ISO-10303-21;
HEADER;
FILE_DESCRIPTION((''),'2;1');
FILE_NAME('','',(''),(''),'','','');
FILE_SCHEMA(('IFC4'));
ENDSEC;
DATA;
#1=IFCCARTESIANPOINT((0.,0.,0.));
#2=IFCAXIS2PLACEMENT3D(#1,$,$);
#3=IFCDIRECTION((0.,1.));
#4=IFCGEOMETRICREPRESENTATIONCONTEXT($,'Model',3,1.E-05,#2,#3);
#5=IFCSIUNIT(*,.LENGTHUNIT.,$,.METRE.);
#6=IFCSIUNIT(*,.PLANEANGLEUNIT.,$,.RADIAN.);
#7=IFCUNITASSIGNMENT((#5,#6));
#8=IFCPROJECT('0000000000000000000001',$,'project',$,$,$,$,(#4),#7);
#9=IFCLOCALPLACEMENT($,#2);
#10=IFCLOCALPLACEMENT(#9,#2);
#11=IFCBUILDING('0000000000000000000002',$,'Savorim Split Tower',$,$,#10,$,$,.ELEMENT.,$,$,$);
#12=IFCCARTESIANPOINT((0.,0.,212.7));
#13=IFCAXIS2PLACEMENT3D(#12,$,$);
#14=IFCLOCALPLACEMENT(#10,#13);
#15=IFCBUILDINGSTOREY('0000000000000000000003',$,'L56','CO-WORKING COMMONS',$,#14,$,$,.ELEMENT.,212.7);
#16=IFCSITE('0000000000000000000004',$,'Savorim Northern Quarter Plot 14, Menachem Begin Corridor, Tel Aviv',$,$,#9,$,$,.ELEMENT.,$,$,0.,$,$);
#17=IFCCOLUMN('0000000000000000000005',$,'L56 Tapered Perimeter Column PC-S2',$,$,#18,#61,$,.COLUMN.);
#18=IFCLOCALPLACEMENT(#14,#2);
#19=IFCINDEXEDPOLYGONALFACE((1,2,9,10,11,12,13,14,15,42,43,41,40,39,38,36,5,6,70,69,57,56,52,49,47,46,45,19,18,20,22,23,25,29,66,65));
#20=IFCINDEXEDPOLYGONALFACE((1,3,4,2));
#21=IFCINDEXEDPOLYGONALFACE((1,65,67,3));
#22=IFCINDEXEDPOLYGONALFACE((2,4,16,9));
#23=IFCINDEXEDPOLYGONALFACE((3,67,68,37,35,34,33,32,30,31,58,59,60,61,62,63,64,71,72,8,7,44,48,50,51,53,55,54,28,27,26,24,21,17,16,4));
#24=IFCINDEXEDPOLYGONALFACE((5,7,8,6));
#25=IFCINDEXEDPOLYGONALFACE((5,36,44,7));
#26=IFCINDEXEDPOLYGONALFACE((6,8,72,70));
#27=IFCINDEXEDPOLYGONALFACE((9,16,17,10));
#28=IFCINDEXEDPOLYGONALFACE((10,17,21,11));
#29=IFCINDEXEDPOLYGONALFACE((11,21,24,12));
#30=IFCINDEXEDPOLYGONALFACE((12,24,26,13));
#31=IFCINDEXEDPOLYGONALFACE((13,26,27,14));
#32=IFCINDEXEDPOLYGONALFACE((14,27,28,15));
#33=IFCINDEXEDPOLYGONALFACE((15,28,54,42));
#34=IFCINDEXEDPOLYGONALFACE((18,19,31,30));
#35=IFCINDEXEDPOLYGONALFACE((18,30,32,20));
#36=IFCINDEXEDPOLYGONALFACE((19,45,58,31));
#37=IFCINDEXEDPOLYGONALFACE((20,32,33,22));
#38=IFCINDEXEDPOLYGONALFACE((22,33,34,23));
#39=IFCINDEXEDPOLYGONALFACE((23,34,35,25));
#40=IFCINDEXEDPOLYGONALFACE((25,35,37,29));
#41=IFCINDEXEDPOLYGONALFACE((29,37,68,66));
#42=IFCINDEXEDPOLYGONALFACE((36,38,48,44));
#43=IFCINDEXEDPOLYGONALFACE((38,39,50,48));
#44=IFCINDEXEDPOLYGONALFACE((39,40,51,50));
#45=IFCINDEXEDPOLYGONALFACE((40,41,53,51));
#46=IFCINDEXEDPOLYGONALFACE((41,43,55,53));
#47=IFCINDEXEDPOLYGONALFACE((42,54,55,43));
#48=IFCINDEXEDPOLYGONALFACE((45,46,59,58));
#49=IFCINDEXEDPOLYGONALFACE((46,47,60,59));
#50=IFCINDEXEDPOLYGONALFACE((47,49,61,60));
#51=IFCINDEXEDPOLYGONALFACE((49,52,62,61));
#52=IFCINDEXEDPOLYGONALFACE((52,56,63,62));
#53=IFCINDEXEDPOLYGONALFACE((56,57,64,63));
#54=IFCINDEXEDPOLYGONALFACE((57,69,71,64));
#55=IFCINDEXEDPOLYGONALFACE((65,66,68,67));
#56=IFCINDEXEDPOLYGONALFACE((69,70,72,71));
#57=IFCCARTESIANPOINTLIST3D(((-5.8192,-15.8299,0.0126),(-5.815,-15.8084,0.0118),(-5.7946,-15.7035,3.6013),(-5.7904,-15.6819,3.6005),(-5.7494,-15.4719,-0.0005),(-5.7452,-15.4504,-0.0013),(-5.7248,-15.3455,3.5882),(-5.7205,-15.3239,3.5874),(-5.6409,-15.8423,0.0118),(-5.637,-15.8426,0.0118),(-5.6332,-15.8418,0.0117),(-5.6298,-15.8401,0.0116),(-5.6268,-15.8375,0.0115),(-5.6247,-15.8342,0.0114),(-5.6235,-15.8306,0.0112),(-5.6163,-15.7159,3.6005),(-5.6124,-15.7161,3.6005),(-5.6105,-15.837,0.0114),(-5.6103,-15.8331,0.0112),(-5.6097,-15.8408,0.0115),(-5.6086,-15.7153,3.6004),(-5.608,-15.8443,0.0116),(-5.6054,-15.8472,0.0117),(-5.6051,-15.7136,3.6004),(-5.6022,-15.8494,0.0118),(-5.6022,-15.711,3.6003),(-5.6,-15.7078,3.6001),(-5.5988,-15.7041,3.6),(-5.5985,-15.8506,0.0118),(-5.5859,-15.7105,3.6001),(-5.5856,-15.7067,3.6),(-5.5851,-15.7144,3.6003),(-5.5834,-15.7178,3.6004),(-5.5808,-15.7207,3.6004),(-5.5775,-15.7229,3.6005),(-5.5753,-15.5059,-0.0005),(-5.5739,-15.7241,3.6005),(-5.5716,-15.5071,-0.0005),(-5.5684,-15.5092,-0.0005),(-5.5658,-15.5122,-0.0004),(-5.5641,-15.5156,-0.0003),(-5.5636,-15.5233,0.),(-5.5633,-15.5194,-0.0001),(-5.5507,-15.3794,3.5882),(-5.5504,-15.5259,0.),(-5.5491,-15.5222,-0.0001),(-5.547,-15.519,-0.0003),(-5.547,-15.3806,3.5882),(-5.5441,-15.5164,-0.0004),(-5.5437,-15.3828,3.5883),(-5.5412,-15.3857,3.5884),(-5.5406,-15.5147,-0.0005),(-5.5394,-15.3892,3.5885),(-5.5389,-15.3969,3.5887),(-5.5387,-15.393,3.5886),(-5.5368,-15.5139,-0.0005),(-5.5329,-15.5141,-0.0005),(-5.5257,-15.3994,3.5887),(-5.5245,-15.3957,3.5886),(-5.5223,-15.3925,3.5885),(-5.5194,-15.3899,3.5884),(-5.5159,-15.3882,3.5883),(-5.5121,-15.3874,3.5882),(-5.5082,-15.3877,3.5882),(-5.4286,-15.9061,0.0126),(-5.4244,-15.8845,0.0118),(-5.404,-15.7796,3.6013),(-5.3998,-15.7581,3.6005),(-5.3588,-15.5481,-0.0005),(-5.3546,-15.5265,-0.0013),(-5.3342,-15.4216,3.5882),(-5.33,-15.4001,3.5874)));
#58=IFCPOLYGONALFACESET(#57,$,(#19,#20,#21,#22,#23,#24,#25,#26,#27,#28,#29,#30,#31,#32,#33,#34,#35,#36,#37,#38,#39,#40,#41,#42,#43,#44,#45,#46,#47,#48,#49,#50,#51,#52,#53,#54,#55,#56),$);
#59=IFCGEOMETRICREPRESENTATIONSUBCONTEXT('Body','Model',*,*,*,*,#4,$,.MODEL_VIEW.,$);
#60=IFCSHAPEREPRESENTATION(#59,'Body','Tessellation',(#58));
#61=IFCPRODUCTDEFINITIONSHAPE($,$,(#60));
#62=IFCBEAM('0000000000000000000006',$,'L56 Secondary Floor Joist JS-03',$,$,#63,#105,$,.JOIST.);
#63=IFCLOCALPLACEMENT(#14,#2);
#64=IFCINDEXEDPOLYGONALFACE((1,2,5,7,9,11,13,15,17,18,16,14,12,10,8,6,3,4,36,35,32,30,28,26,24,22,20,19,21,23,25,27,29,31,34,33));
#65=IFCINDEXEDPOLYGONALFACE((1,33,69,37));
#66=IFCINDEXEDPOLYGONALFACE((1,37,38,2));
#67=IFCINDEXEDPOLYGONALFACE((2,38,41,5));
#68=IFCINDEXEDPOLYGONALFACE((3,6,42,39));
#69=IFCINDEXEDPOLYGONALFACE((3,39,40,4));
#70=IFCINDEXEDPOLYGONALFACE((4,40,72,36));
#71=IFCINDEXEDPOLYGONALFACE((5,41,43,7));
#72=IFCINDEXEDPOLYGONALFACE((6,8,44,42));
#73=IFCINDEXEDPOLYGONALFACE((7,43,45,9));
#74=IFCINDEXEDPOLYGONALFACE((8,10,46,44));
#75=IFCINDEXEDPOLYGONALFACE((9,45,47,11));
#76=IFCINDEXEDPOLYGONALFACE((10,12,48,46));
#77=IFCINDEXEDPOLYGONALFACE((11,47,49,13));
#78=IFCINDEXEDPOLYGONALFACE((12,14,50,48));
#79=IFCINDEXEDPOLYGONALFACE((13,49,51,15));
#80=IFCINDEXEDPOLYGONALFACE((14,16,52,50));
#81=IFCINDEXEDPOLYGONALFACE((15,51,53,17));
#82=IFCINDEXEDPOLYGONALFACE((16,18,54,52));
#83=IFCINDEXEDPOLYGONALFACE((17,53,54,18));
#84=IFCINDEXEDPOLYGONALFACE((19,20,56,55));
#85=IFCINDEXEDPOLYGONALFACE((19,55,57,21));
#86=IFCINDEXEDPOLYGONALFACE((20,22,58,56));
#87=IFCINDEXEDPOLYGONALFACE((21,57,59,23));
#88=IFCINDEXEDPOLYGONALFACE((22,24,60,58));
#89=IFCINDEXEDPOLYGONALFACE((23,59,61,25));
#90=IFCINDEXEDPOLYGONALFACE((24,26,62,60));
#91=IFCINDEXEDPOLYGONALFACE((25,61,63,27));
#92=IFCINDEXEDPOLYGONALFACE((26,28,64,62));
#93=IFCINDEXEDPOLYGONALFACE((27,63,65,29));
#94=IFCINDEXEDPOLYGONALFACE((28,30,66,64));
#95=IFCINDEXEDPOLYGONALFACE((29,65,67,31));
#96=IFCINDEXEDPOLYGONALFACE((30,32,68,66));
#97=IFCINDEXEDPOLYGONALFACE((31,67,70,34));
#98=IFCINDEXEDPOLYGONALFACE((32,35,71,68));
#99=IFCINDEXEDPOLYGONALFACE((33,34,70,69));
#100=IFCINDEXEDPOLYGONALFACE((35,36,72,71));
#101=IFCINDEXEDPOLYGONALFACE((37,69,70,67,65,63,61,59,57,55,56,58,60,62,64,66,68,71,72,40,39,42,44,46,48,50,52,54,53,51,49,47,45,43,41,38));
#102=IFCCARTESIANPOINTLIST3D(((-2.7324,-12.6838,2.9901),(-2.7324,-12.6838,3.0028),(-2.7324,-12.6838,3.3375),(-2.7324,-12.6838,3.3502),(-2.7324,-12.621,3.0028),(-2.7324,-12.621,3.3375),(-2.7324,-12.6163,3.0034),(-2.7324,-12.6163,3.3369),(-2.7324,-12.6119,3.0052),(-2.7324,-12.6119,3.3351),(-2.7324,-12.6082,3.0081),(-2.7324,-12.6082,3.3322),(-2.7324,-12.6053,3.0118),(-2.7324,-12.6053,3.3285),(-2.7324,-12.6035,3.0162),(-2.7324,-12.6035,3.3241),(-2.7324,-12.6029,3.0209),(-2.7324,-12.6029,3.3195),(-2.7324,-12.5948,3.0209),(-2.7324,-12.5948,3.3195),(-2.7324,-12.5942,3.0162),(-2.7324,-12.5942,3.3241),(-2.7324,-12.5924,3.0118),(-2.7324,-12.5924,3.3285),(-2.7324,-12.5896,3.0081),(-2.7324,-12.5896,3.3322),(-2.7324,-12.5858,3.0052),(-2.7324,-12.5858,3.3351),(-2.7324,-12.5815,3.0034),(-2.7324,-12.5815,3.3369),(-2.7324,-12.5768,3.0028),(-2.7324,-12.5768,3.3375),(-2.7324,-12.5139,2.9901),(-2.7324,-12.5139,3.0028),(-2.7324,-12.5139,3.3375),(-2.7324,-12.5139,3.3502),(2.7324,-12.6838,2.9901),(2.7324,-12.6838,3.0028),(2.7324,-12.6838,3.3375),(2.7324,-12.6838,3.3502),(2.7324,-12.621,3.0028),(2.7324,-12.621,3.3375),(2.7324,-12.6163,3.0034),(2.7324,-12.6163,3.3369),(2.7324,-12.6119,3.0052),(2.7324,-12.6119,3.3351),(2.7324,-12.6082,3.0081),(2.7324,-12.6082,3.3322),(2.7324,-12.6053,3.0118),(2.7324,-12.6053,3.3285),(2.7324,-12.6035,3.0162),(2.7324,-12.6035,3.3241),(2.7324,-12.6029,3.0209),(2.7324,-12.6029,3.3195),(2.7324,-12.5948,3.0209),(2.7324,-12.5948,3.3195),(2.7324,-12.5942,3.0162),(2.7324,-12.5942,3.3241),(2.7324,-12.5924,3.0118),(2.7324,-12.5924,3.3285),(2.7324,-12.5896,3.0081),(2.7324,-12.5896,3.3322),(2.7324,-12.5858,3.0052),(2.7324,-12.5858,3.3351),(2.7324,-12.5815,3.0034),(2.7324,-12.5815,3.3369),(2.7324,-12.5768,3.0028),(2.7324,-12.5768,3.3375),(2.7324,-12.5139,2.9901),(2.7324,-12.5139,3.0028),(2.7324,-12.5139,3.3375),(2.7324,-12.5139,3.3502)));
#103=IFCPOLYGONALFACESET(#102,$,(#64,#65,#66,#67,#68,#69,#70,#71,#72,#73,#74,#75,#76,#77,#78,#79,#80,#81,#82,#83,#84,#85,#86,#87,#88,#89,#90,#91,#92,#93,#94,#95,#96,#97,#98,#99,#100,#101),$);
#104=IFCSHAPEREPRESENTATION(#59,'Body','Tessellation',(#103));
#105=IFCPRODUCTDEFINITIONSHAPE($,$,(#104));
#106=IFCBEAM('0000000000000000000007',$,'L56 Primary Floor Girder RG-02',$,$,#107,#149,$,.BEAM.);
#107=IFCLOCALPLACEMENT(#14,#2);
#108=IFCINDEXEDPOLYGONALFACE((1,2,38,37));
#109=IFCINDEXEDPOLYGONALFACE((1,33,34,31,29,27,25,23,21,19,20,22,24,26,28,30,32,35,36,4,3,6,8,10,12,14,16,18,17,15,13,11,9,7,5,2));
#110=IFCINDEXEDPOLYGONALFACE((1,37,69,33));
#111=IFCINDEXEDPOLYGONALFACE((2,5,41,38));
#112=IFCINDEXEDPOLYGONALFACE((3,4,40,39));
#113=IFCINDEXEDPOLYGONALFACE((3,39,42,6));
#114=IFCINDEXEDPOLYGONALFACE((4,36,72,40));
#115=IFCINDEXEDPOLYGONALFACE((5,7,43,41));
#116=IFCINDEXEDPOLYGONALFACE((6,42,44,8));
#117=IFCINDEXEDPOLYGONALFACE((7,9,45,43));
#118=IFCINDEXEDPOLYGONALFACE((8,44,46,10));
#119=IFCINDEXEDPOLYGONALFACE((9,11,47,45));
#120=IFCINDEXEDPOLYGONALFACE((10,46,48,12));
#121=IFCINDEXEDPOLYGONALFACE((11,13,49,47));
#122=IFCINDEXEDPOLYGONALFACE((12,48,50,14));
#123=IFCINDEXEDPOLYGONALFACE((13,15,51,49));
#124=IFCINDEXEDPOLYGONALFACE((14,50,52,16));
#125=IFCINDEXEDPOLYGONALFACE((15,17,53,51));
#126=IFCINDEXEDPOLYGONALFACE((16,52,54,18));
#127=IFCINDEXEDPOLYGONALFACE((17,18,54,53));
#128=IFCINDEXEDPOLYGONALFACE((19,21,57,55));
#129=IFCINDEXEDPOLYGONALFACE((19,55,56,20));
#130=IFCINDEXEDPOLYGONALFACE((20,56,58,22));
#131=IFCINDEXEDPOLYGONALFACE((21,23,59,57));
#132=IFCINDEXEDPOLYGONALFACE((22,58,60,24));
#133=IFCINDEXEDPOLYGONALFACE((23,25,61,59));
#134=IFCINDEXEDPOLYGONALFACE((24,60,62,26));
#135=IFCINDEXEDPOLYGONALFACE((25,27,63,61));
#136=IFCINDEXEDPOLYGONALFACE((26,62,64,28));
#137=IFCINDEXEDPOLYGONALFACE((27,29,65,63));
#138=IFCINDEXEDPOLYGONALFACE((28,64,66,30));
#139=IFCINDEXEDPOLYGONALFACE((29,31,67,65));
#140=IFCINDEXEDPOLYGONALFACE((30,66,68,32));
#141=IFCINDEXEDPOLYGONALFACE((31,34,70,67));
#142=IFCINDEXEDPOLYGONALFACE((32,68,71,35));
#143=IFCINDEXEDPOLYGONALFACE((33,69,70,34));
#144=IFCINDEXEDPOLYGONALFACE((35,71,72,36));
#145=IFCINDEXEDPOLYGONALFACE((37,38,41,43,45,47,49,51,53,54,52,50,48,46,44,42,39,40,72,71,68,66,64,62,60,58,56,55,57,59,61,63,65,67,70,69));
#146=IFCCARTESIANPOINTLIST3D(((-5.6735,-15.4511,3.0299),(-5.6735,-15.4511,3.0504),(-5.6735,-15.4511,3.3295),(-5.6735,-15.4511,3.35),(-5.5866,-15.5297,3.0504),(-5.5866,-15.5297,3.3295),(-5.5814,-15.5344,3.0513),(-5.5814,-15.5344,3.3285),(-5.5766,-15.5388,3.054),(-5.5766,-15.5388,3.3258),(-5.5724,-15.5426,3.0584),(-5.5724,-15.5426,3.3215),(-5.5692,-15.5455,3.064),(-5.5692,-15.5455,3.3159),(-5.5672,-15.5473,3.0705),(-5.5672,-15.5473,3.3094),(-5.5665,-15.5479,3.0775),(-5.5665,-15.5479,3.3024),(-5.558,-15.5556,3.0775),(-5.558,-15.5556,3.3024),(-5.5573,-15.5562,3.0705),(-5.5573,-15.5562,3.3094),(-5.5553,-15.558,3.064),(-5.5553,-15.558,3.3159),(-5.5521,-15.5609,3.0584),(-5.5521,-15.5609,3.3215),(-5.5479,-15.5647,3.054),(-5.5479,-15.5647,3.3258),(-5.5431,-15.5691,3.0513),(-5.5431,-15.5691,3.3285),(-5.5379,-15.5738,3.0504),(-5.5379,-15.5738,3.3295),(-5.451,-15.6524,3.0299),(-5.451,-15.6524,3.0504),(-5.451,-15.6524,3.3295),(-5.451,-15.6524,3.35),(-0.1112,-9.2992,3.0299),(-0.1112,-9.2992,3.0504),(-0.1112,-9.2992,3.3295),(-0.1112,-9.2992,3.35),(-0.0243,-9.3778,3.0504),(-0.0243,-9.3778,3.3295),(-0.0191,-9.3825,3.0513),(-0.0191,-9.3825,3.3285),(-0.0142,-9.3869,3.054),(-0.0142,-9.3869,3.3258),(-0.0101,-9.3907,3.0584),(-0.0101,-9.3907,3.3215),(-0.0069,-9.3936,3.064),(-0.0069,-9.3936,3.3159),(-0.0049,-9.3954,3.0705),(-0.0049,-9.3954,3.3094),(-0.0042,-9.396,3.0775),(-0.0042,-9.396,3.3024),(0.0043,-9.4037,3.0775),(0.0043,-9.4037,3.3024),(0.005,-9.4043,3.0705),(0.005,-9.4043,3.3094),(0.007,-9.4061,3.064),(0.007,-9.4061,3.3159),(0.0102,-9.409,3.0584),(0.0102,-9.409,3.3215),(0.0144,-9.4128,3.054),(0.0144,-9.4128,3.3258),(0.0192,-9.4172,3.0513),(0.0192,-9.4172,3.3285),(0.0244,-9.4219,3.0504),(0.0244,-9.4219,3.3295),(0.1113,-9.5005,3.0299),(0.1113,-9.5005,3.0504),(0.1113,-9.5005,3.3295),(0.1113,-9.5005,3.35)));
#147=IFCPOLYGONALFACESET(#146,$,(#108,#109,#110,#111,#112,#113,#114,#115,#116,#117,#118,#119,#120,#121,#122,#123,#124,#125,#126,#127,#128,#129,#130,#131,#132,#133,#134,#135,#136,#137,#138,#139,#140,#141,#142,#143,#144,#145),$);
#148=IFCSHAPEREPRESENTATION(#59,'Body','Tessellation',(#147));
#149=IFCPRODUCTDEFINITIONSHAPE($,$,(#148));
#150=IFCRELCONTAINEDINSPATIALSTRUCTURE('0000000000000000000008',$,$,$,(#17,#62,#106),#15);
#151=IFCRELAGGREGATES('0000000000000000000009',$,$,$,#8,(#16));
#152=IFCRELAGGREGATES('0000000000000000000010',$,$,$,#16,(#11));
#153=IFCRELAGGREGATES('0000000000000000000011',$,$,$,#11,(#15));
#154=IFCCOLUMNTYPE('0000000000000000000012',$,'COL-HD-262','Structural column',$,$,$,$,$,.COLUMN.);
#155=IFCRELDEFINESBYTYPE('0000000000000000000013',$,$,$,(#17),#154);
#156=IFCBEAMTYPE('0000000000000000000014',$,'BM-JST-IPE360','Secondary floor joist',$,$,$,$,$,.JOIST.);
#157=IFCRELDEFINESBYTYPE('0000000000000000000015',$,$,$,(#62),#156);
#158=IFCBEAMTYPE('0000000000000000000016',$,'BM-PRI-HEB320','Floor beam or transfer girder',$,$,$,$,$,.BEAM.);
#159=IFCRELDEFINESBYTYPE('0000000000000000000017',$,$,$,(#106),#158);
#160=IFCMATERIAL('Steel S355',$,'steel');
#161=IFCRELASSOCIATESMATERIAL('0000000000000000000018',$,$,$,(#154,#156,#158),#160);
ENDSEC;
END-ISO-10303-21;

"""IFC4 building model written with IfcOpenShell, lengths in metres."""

from ifc_helpers import new_model, si_unit, direction, frame, origin, origin_2d, place, context, subcontext, project, spatial, i_section, extrude, material, material_profile, profile_set, type_object, element, save


model = new_model("IFC4")

# Units and contexts
model_context = context("Model", 3, precision=1e-05, world=origin(), true_north=direction((0.0, 1.0)))
body_context = subcontext(model_context, "Body", "Model", "MODEL_VIEW")
ifc_project = project(units=[si_unit("LENGTHUNIT", "METRE"), si_unit("PLANEANGLEUNIT", "RADIAN")], contexts=[model_context])

# Site, building, storey
site_placement = place(None, origin())
site = spatial("IfcSite", under=ifc_project, at=site_placement, Name="Savorim Northern Quarter Plot 14, Menachem Begin Corridor, Tel Aviv", CompositionType="ELEMENT", RefElevation=0.0)
building_placement = place(site_placement, origin())
building = spatial("IfcBuilding", under=site, at=building_placement, Name="Savorim Split Tower", CompositionType="ELEMENT")
storey_placement = place(building_placement, frame((0.0, 0.0, 212.7)))
storey = spatial("IfcBuildingStorey", under=building, at=storey_placement, Name="L56", Description="CO-WORKING COMMONS", CompositionType="ELEMENT", Elevation=212.7)

# Column
ifc_material_1 = material(Name="Steel S355", Category="steel")
ifc_material_profile_1 = material_profile(ifc_material_1, i_section(OverallWidth=0.3979, OverallDepth=0.387, WebThickness=0.0134, FlangeThickness=0.022, FilletRadius=0.0149, at=origin_2d()), Name="HD 400x262")
ifc_profile_set_1 = profile_set([ifc_material_profile_1], Name="Steel S355")
column_type = type_object("IfcColumnType", Name="COL-HD-262", Description="Structural column", PredefinedType="COLUMN", material=ifc_profile_set_1)
column_placement = place(storey_placement, frame((-5.5869, -15.6782, 0.0056), z_axis=(0.006866, 0.035215, 0.999356), x_axis=(-0.981517, 0.191377, 0.0)))
element("IfcColumn", 1, at=column_placement, inside=storey, type_object=column_type, Name="L56 Tapered Perimeter Column PC-S2", PredefinedType="COLUMN", context=body_context, shape_type="SweptSolid", body=[
    extrude(i_section(OverallWidth=0.3979, OverallDepth=0.387, WebThickness=0.0134, FlangeThickness=0.022, FilletRadius=0.0149, at=origin_2d()), origin(), (0.0, 0.0, 1.0), 3.5911),
])

# Beams
ifc_material_profile_2 = material_profile(ifc_material_1, i_section(OverallWidth=0.1699, OverallDepth=0.3601, WebThickness=0.0081, FlangeThickness=0.0127, FilletRadius=0.0181, at=origin_2d()), Name="IPE 360")
ifc_profile_set_2 = profile_set([ifc_material_profile_2], Name="Steel S355")
beam_type_1 = type_object("IfcBeamType", Name="BM-JST-IPE360", Description="Secondary floor joist", PredefinedType="JOIST", material=ifc_profile_set_2)
beam_1_placement = place(storey_placement, frame((-2.7324, -12.5989, 3.1702), z_axis=(1.0, 0.0, 0.0), x_axis=(0.0, 1.0, 0.0)))
element("IfcBeam", 2, at=beam_1_placement, inside=storey, type_object=beam_type_1, Name="L56 Secondary Floor Joist JS-03", PredefinedType="JOIST", context=body_context, shape_type="SweptSolid", body=[
    extrude(i_section(OverallWidth=0.1699, OverallDepth=0.3601, WebThickness=0.0081, FlangeThickness=0.0127, FilletRadius=0.0181, at=origin_2d()), origin(), (0.0, 0.0, 1.0), 5.4648),
])
ifc_material_profile_3 = material_profile(ifc_material_1, i_section(OverallWidth=0.3, OverallDepth=0.3201, WebThickness=0.0115, FlangeThickness=0.0205, FilletRadius=0.0271, at=origin_2d()), Name="HEB 320")
ifc_profile_set_3 = profile_set([ifc_material_profile_3], Name="Steel S355")
beam_type_2 = type_object("IfcBeamType", Name="BM-PRI-HEB320", Description="Floor beam or transfer girder", PredefinedType="BEAM", material=ifc_profile_set_3)
beam_2_placement = place(storey_placement, frame((-5.5623, -15.5518, 3.1899), z_axis=(0.670667, 0.741758, 0.0), x_axis=(-0.741758, 0.670667, 0.0)))
element("IfcBeam", 3, at=beam_2_placement, inside=storey, type_object=beam_type_2, Name="L56 Primary Floor Girder RG-02", PredefinedType="BEAM", context=body_context, shape_type="SweptSolid", body=[
    extrude(i_section(OverallWidth=0.3, OverallDepth=0.3201, WebThickness=0.0115, FlangeThickness=0.0205, FilletRadius=0.0271, at=origin_2d()), origin(), (0.0, 0.0, 1.0), 8.2937),
])

save(model, "model.ifc")
